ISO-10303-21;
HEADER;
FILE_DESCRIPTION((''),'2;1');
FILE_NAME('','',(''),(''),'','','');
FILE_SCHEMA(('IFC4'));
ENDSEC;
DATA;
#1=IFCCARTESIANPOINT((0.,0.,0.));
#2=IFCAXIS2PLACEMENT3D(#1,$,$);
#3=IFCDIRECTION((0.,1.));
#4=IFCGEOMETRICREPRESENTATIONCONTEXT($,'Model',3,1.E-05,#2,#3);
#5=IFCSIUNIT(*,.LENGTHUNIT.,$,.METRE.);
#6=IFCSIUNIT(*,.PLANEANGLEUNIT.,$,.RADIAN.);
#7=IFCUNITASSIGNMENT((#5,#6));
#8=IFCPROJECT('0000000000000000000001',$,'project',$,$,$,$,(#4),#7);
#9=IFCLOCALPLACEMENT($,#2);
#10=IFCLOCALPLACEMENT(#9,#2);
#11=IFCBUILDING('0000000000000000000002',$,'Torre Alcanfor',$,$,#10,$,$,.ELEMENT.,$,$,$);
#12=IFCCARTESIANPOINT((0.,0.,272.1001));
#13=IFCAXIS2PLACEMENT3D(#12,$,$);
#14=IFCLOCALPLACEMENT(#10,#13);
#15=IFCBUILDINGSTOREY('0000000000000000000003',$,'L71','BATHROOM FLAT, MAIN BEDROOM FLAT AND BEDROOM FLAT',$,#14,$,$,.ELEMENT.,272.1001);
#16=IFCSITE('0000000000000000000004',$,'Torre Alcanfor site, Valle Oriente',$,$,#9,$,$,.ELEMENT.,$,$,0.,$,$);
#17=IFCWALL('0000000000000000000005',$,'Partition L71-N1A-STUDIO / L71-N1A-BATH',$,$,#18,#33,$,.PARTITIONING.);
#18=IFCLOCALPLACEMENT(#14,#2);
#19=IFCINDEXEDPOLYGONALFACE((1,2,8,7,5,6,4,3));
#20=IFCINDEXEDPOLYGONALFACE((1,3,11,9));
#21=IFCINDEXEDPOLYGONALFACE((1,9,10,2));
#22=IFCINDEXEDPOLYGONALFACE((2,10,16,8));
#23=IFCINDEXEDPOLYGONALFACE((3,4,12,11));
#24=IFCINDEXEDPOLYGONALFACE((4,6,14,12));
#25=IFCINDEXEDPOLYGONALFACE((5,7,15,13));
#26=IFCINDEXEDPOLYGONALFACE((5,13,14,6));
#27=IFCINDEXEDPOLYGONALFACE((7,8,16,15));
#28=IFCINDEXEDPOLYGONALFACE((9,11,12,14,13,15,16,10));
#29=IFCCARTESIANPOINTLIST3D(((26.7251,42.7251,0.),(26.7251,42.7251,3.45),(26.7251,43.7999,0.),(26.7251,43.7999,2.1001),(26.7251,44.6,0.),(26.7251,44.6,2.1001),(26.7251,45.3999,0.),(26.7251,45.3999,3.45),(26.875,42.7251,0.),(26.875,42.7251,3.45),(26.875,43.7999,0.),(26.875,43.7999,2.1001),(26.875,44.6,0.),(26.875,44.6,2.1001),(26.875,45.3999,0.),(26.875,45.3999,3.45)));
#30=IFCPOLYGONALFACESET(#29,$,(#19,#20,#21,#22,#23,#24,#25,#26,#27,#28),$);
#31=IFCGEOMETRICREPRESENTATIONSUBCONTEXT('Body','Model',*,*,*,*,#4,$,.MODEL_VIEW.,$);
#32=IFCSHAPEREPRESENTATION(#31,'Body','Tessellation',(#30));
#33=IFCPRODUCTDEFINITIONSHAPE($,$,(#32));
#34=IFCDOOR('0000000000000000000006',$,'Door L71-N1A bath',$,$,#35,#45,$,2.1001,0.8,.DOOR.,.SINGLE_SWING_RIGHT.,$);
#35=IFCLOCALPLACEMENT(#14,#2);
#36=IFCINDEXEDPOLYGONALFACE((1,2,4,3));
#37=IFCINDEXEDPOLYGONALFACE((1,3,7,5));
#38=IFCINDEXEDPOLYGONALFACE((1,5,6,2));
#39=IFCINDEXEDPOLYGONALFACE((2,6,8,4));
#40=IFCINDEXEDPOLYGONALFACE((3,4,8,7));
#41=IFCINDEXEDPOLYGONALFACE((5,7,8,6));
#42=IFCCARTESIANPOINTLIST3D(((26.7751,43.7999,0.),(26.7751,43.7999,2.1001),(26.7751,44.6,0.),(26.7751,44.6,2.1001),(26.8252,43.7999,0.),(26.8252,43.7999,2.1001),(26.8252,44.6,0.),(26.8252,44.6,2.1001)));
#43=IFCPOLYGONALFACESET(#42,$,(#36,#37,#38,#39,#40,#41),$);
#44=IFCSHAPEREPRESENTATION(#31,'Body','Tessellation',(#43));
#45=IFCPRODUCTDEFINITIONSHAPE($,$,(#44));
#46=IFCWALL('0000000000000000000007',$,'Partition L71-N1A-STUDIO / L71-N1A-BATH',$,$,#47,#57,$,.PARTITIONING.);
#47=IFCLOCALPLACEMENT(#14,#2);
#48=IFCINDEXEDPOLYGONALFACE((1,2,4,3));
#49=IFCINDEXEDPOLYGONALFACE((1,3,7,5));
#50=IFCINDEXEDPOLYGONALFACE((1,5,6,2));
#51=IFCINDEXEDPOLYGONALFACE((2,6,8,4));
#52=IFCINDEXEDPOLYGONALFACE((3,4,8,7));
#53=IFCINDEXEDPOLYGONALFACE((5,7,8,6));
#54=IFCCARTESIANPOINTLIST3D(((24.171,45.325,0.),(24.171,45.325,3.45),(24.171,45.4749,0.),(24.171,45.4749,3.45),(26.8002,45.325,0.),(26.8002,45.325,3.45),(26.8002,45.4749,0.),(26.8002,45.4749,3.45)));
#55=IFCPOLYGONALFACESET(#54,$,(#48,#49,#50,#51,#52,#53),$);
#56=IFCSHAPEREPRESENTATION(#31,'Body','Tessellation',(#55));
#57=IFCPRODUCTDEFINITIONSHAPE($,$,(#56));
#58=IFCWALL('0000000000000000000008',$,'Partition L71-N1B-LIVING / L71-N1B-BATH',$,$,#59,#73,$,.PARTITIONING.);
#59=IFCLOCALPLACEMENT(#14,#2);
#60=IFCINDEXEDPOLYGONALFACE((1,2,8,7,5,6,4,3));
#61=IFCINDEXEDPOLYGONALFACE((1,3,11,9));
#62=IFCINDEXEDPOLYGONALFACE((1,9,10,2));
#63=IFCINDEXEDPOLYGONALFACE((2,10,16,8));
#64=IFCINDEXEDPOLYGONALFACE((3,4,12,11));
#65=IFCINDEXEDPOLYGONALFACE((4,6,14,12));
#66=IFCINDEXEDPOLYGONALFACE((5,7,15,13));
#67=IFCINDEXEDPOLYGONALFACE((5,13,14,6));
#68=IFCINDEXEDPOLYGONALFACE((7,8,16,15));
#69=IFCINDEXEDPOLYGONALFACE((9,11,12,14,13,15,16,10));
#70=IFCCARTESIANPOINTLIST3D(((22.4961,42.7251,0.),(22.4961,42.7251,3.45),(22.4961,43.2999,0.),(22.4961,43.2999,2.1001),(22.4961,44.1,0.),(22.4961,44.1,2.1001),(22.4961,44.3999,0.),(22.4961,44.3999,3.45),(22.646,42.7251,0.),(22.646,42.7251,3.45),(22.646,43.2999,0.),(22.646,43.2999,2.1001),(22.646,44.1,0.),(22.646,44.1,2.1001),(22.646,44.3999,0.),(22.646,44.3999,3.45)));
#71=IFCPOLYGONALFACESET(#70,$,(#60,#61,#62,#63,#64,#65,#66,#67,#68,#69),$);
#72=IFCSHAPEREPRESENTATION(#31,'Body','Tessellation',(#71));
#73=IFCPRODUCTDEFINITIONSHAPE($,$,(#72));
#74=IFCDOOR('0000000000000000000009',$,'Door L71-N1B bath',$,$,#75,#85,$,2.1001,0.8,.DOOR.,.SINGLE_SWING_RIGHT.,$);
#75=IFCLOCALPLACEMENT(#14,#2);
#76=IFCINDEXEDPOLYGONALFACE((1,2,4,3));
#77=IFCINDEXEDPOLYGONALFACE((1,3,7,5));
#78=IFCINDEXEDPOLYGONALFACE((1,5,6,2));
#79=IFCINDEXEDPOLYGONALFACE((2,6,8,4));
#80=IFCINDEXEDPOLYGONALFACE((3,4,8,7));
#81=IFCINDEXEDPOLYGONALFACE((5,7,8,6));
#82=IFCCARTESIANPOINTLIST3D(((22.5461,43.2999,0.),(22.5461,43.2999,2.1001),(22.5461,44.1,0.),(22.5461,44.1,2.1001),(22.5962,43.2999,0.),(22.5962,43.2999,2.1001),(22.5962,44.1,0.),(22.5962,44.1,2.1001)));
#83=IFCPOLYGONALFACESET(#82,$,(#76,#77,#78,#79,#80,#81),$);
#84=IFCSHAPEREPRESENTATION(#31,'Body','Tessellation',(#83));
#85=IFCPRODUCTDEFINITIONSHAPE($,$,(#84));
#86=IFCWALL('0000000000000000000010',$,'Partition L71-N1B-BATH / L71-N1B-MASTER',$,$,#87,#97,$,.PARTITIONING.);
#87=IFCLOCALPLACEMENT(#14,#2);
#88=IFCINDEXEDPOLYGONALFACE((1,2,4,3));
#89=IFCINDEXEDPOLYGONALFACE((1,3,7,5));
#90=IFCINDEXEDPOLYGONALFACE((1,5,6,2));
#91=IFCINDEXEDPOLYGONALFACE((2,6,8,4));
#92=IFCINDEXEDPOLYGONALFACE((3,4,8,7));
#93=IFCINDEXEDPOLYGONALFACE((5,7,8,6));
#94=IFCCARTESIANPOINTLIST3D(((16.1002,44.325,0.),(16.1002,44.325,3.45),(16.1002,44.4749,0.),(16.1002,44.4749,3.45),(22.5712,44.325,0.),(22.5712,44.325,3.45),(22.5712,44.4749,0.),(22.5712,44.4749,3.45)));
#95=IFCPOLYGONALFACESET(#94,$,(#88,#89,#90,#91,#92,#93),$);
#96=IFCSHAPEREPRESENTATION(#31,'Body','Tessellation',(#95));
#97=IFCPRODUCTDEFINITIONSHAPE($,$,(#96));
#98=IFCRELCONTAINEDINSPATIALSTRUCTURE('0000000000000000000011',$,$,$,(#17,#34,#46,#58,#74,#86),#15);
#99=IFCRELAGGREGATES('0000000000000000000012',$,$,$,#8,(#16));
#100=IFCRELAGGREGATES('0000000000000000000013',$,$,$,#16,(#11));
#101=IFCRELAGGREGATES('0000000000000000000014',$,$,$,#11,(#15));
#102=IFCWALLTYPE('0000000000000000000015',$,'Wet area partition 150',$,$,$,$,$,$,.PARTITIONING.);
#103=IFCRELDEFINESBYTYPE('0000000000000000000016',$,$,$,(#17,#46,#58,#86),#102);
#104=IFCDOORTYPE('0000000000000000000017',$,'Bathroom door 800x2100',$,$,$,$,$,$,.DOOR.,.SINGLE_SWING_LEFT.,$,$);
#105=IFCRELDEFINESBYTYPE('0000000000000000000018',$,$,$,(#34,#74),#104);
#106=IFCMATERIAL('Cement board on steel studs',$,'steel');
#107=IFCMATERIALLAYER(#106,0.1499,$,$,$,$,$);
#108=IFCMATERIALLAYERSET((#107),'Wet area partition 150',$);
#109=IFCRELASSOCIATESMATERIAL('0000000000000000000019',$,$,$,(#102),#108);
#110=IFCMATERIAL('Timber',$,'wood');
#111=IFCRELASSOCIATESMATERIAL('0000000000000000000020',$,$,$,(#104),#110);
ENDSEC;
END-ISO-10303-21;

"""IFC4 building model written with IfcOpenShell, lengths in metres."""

from ifc_helpers import new_model, si_unit, direction, frame, frame_2d, origin, place, context, subcontext, project, spatial, rectangle, extrude, material, layer, layer_set, type_object, element, fill, save


model = new_model("IFC4")

# Units and contexts
model_context = context("Model", 3, precision=1e-05, world=origin(), true_north=direction((0.0, 1.0)))
body_context = subcontext(model_context, "Body", "Model", "MODEL_VIEW")
ifc_project = project(units=[si_unit("LENGTHUNIT", "METRE"), si_unit("PLANEANGLEUNIT", "RADIAN")], contexts=[model_context])

# Site, building, storey
site_placement = place(None, origin())
site = spatial("IfcSite", under=ifc_project, at=site_placement, Name="Torre Alcanfor site, Valle Oriente", CompositionType="ELEMENT", RefElevation=0.0)
building_placement = place(site_placement, origin())
building = spatial("IfcBuilding", under=site, at=building_placement, Name="Torre Alcanfor", CompositionType="ELEMENT")
storey_placement = place(building_placement, frame((0.0, 0.0, 272.1001)))
storey = spatial("IfcBuildingStorey", under=building, at=storey_placement, Name="L71", Description="BATHROOM FLAT, MAIN BEDROOM FLAT AND BEDROOM FLAT", CompositionType="ELEMENT", Elevation=272.1001)

# Wall, opening, door
ifc_material_1 = material(Name="Cement board on steel studs", Category="steel")
ifc_layer_1 = layer(ifc_material_1, 0.1499)
ifc_layer_set_1 = layer_set([ifc_layer_1], Name="Wet area partition 150")
wall_type_1 = type_object("IfcWallType", Name="Wet area partition 150", PredefinedType="PARTITIONING", material=ifc_layer_set_1)
wall_1_placement = place(storey_placement, frame((26.8, 42.7251, 0.0), z_axis=(0.0, 0.0, 1.0), x_axis=(0.0, 1.0, 0.0)))
wall_1 = element("IfcWall", 1, at=wall_1_placement, inside=storey, type_object=wall_type_1, Name="Partition L71-N1A-STUDIO / L71-N1A-BATH", PredefinedType="PARTITIONING", context=body_context, shape_type="SweptSolid", body=[
    extrude(rectangle(XDim=2.6748, YDim=0.1499, at=frame_2d((1.3374, 0.0))), origin(), (0.0, 0.0, 1.0), 3.45),
])
opening_1_placement = place(wall_1_placement, frame((1.075, 0.0, 0.0)))
opening_1 = element("IfcOpeningElement", 2, at=opening_1_placement, cuts=wall_1, PredefinedType="OPENING", context=body_context, shape_type="SweptSolid", body=[
    extrude(rectangle(XDim=0.8, YDim=2.1001, at=frame_2d((0.3999, 1.05))), frame((0.0, 0.085, 0.0), z_axis=(0.0, -1.0, 0.0), x_axis=(1.0, 0.0, 0.0)), (0.0, 0.0, 1.0), 0.1699),
])
ifc_material_2 = material(Name="Timber", Category="wood")
door_type_1 = type_object("IfcDoorType", Name="Bathroom door 800x2100", OperationType="SINGLE_SWING_LEFT", PredefinedType="DOOR", material=ifc_material_2)
door_1_placement = place(opening_1_placement, origin())
door_1 = element("IfcDoor", 3, at=door_1_placement, inside=storey, type_object=door_type_1, Name="Door L71-N1A bath", OperationType="SINGLE_SWING_RIGHT", OverallHeight=2.1001, OverallWidth=0.8, PredefinedType="DOOR", context=body_context, shape_type="SweptSolid", body=[
    extrude(rectangle(XDim=0.8, YDim=2.1001, at=frame_2d((0.3999, 1.05))), frame((0.0, 0.0249, 0.0), z_axis=(0.0, -1.0, 0.0), x_axis=(1.0, 0.0, 0.0)), (0.0, 0.0, 1.0), 0.05),
])
fill(opening_1, door_1)

# Wall
wall_2_placement = place(storey_placement, frame((26.8, 45.3999, 0.0), z_axis=(0.0, 0.0, 1.0), x_axis=(-1.0, 0.0, 0.0)))
element("IfcWall", 4, at=wall_2_placement, inside=storey, type_object=wall_type_1, Name="Partition L71-N1A-STUDIO / L71-N1A-BATH", PredefinedType="PARTITIONING", context=body_context, shape_type="SweptSolid", body=[
    extrude(rectangle(XDim=2.6292, YDim=0.1499, at=frame_2d((1.3145, 0.0))), origin(), (0.0, 0.0, 1.0), 3.45),
])

# Wall, opening, door
wall_3_placement = place(storey_placement, frame((22.571, 42.7251, 0.0), z_axis=(0.0, 0.0, 1.0), x_axis=(0.0, 1.0, 0.0)))
wall_3 = element("IfcWall", 5, at=wall_3_placement, inside=storey, type_object=wall_type_1, Name="Partition L71-N1B-LIVING / L71-N1B-BATH", PredefinedType="PARTITIONING", context=body_context, shape_type="SweptSolid", body=[
    extrude(rectangle(XDim=1.6748, YDim=0.1499, at=frame_2d((0.8374, 0.0))), origin(), (0.0, 0.0, 1.0), 3.45),
])
opening_2_placement = place(wall_3_placement, frame((0.575, 0.0, 0.0)))
opening_2 = element("IfcOpeningElement", 6, at=opening_2_placement, cuts=wall_3, PredefinedType="OPENING", context=body_context, shape_type="SweptSolid", body=[
    extrude(rectangle(XDim=0.8, YDim=2.1001, at=frame_2d((0.3999, 1.05))), frame((0.0, 0.085, 0.0), z_axis=(0.0, -1.0, 0.0), x_axis=(1.0, 0.0, 0.0)), (0.0, 0.0, 1.0), 0.1699),
])
door_2_placement = place(opening_2_placement, origin())
door_2 = element("IfcDoor", 7, at=door_2_placement, inside=storey, type_object=door_type_1, Name="Door L71-N1B bath", OperationType="SINGLE_SWING_RIGHT", OverallHeight=2.1001, OverallWidth=0.8, PredefinedType="DOOR", context=body_context, shape_type="SweptSolid", body=[
    extrude(rectangle(XDim=0.8, YDim=2.1001, at=frame_2d((0.3999, 1.05))), frame((0.0, 0.0249, 0.0), z_axis=(0.0, -1.0, 0.0), x_axis=(1.0, 0.0, 0.0)), (0.0, 0.0, 1.0), 0.05),
])
fill(opening_2, door_2)

# Wall
wall_4_placement = place(storey_placement, frame((22.571, 44.3999, 0.0), z_axis=(0.0, 0.0, 1.0), x_axis=(-1.0, 0.0, 0.0)))
element("IfcWall", 8, at=wall_4_placement, inside=storey, type_object=wall_type_1, Name="Partition L71-N1B-BATH / L71-N1B-MASTER", PredefinedType="PARTITIONING", context=body_context, shape_type="SweptSolid", body=[
    extrude(rectangle(XDim=6.4709, YDim=0.1499, at=frame_2d((3.2354, 0.0))), origin(), (0.0, 0.0, 1.0), 3.45),
])

save(model, "model.ifc")
